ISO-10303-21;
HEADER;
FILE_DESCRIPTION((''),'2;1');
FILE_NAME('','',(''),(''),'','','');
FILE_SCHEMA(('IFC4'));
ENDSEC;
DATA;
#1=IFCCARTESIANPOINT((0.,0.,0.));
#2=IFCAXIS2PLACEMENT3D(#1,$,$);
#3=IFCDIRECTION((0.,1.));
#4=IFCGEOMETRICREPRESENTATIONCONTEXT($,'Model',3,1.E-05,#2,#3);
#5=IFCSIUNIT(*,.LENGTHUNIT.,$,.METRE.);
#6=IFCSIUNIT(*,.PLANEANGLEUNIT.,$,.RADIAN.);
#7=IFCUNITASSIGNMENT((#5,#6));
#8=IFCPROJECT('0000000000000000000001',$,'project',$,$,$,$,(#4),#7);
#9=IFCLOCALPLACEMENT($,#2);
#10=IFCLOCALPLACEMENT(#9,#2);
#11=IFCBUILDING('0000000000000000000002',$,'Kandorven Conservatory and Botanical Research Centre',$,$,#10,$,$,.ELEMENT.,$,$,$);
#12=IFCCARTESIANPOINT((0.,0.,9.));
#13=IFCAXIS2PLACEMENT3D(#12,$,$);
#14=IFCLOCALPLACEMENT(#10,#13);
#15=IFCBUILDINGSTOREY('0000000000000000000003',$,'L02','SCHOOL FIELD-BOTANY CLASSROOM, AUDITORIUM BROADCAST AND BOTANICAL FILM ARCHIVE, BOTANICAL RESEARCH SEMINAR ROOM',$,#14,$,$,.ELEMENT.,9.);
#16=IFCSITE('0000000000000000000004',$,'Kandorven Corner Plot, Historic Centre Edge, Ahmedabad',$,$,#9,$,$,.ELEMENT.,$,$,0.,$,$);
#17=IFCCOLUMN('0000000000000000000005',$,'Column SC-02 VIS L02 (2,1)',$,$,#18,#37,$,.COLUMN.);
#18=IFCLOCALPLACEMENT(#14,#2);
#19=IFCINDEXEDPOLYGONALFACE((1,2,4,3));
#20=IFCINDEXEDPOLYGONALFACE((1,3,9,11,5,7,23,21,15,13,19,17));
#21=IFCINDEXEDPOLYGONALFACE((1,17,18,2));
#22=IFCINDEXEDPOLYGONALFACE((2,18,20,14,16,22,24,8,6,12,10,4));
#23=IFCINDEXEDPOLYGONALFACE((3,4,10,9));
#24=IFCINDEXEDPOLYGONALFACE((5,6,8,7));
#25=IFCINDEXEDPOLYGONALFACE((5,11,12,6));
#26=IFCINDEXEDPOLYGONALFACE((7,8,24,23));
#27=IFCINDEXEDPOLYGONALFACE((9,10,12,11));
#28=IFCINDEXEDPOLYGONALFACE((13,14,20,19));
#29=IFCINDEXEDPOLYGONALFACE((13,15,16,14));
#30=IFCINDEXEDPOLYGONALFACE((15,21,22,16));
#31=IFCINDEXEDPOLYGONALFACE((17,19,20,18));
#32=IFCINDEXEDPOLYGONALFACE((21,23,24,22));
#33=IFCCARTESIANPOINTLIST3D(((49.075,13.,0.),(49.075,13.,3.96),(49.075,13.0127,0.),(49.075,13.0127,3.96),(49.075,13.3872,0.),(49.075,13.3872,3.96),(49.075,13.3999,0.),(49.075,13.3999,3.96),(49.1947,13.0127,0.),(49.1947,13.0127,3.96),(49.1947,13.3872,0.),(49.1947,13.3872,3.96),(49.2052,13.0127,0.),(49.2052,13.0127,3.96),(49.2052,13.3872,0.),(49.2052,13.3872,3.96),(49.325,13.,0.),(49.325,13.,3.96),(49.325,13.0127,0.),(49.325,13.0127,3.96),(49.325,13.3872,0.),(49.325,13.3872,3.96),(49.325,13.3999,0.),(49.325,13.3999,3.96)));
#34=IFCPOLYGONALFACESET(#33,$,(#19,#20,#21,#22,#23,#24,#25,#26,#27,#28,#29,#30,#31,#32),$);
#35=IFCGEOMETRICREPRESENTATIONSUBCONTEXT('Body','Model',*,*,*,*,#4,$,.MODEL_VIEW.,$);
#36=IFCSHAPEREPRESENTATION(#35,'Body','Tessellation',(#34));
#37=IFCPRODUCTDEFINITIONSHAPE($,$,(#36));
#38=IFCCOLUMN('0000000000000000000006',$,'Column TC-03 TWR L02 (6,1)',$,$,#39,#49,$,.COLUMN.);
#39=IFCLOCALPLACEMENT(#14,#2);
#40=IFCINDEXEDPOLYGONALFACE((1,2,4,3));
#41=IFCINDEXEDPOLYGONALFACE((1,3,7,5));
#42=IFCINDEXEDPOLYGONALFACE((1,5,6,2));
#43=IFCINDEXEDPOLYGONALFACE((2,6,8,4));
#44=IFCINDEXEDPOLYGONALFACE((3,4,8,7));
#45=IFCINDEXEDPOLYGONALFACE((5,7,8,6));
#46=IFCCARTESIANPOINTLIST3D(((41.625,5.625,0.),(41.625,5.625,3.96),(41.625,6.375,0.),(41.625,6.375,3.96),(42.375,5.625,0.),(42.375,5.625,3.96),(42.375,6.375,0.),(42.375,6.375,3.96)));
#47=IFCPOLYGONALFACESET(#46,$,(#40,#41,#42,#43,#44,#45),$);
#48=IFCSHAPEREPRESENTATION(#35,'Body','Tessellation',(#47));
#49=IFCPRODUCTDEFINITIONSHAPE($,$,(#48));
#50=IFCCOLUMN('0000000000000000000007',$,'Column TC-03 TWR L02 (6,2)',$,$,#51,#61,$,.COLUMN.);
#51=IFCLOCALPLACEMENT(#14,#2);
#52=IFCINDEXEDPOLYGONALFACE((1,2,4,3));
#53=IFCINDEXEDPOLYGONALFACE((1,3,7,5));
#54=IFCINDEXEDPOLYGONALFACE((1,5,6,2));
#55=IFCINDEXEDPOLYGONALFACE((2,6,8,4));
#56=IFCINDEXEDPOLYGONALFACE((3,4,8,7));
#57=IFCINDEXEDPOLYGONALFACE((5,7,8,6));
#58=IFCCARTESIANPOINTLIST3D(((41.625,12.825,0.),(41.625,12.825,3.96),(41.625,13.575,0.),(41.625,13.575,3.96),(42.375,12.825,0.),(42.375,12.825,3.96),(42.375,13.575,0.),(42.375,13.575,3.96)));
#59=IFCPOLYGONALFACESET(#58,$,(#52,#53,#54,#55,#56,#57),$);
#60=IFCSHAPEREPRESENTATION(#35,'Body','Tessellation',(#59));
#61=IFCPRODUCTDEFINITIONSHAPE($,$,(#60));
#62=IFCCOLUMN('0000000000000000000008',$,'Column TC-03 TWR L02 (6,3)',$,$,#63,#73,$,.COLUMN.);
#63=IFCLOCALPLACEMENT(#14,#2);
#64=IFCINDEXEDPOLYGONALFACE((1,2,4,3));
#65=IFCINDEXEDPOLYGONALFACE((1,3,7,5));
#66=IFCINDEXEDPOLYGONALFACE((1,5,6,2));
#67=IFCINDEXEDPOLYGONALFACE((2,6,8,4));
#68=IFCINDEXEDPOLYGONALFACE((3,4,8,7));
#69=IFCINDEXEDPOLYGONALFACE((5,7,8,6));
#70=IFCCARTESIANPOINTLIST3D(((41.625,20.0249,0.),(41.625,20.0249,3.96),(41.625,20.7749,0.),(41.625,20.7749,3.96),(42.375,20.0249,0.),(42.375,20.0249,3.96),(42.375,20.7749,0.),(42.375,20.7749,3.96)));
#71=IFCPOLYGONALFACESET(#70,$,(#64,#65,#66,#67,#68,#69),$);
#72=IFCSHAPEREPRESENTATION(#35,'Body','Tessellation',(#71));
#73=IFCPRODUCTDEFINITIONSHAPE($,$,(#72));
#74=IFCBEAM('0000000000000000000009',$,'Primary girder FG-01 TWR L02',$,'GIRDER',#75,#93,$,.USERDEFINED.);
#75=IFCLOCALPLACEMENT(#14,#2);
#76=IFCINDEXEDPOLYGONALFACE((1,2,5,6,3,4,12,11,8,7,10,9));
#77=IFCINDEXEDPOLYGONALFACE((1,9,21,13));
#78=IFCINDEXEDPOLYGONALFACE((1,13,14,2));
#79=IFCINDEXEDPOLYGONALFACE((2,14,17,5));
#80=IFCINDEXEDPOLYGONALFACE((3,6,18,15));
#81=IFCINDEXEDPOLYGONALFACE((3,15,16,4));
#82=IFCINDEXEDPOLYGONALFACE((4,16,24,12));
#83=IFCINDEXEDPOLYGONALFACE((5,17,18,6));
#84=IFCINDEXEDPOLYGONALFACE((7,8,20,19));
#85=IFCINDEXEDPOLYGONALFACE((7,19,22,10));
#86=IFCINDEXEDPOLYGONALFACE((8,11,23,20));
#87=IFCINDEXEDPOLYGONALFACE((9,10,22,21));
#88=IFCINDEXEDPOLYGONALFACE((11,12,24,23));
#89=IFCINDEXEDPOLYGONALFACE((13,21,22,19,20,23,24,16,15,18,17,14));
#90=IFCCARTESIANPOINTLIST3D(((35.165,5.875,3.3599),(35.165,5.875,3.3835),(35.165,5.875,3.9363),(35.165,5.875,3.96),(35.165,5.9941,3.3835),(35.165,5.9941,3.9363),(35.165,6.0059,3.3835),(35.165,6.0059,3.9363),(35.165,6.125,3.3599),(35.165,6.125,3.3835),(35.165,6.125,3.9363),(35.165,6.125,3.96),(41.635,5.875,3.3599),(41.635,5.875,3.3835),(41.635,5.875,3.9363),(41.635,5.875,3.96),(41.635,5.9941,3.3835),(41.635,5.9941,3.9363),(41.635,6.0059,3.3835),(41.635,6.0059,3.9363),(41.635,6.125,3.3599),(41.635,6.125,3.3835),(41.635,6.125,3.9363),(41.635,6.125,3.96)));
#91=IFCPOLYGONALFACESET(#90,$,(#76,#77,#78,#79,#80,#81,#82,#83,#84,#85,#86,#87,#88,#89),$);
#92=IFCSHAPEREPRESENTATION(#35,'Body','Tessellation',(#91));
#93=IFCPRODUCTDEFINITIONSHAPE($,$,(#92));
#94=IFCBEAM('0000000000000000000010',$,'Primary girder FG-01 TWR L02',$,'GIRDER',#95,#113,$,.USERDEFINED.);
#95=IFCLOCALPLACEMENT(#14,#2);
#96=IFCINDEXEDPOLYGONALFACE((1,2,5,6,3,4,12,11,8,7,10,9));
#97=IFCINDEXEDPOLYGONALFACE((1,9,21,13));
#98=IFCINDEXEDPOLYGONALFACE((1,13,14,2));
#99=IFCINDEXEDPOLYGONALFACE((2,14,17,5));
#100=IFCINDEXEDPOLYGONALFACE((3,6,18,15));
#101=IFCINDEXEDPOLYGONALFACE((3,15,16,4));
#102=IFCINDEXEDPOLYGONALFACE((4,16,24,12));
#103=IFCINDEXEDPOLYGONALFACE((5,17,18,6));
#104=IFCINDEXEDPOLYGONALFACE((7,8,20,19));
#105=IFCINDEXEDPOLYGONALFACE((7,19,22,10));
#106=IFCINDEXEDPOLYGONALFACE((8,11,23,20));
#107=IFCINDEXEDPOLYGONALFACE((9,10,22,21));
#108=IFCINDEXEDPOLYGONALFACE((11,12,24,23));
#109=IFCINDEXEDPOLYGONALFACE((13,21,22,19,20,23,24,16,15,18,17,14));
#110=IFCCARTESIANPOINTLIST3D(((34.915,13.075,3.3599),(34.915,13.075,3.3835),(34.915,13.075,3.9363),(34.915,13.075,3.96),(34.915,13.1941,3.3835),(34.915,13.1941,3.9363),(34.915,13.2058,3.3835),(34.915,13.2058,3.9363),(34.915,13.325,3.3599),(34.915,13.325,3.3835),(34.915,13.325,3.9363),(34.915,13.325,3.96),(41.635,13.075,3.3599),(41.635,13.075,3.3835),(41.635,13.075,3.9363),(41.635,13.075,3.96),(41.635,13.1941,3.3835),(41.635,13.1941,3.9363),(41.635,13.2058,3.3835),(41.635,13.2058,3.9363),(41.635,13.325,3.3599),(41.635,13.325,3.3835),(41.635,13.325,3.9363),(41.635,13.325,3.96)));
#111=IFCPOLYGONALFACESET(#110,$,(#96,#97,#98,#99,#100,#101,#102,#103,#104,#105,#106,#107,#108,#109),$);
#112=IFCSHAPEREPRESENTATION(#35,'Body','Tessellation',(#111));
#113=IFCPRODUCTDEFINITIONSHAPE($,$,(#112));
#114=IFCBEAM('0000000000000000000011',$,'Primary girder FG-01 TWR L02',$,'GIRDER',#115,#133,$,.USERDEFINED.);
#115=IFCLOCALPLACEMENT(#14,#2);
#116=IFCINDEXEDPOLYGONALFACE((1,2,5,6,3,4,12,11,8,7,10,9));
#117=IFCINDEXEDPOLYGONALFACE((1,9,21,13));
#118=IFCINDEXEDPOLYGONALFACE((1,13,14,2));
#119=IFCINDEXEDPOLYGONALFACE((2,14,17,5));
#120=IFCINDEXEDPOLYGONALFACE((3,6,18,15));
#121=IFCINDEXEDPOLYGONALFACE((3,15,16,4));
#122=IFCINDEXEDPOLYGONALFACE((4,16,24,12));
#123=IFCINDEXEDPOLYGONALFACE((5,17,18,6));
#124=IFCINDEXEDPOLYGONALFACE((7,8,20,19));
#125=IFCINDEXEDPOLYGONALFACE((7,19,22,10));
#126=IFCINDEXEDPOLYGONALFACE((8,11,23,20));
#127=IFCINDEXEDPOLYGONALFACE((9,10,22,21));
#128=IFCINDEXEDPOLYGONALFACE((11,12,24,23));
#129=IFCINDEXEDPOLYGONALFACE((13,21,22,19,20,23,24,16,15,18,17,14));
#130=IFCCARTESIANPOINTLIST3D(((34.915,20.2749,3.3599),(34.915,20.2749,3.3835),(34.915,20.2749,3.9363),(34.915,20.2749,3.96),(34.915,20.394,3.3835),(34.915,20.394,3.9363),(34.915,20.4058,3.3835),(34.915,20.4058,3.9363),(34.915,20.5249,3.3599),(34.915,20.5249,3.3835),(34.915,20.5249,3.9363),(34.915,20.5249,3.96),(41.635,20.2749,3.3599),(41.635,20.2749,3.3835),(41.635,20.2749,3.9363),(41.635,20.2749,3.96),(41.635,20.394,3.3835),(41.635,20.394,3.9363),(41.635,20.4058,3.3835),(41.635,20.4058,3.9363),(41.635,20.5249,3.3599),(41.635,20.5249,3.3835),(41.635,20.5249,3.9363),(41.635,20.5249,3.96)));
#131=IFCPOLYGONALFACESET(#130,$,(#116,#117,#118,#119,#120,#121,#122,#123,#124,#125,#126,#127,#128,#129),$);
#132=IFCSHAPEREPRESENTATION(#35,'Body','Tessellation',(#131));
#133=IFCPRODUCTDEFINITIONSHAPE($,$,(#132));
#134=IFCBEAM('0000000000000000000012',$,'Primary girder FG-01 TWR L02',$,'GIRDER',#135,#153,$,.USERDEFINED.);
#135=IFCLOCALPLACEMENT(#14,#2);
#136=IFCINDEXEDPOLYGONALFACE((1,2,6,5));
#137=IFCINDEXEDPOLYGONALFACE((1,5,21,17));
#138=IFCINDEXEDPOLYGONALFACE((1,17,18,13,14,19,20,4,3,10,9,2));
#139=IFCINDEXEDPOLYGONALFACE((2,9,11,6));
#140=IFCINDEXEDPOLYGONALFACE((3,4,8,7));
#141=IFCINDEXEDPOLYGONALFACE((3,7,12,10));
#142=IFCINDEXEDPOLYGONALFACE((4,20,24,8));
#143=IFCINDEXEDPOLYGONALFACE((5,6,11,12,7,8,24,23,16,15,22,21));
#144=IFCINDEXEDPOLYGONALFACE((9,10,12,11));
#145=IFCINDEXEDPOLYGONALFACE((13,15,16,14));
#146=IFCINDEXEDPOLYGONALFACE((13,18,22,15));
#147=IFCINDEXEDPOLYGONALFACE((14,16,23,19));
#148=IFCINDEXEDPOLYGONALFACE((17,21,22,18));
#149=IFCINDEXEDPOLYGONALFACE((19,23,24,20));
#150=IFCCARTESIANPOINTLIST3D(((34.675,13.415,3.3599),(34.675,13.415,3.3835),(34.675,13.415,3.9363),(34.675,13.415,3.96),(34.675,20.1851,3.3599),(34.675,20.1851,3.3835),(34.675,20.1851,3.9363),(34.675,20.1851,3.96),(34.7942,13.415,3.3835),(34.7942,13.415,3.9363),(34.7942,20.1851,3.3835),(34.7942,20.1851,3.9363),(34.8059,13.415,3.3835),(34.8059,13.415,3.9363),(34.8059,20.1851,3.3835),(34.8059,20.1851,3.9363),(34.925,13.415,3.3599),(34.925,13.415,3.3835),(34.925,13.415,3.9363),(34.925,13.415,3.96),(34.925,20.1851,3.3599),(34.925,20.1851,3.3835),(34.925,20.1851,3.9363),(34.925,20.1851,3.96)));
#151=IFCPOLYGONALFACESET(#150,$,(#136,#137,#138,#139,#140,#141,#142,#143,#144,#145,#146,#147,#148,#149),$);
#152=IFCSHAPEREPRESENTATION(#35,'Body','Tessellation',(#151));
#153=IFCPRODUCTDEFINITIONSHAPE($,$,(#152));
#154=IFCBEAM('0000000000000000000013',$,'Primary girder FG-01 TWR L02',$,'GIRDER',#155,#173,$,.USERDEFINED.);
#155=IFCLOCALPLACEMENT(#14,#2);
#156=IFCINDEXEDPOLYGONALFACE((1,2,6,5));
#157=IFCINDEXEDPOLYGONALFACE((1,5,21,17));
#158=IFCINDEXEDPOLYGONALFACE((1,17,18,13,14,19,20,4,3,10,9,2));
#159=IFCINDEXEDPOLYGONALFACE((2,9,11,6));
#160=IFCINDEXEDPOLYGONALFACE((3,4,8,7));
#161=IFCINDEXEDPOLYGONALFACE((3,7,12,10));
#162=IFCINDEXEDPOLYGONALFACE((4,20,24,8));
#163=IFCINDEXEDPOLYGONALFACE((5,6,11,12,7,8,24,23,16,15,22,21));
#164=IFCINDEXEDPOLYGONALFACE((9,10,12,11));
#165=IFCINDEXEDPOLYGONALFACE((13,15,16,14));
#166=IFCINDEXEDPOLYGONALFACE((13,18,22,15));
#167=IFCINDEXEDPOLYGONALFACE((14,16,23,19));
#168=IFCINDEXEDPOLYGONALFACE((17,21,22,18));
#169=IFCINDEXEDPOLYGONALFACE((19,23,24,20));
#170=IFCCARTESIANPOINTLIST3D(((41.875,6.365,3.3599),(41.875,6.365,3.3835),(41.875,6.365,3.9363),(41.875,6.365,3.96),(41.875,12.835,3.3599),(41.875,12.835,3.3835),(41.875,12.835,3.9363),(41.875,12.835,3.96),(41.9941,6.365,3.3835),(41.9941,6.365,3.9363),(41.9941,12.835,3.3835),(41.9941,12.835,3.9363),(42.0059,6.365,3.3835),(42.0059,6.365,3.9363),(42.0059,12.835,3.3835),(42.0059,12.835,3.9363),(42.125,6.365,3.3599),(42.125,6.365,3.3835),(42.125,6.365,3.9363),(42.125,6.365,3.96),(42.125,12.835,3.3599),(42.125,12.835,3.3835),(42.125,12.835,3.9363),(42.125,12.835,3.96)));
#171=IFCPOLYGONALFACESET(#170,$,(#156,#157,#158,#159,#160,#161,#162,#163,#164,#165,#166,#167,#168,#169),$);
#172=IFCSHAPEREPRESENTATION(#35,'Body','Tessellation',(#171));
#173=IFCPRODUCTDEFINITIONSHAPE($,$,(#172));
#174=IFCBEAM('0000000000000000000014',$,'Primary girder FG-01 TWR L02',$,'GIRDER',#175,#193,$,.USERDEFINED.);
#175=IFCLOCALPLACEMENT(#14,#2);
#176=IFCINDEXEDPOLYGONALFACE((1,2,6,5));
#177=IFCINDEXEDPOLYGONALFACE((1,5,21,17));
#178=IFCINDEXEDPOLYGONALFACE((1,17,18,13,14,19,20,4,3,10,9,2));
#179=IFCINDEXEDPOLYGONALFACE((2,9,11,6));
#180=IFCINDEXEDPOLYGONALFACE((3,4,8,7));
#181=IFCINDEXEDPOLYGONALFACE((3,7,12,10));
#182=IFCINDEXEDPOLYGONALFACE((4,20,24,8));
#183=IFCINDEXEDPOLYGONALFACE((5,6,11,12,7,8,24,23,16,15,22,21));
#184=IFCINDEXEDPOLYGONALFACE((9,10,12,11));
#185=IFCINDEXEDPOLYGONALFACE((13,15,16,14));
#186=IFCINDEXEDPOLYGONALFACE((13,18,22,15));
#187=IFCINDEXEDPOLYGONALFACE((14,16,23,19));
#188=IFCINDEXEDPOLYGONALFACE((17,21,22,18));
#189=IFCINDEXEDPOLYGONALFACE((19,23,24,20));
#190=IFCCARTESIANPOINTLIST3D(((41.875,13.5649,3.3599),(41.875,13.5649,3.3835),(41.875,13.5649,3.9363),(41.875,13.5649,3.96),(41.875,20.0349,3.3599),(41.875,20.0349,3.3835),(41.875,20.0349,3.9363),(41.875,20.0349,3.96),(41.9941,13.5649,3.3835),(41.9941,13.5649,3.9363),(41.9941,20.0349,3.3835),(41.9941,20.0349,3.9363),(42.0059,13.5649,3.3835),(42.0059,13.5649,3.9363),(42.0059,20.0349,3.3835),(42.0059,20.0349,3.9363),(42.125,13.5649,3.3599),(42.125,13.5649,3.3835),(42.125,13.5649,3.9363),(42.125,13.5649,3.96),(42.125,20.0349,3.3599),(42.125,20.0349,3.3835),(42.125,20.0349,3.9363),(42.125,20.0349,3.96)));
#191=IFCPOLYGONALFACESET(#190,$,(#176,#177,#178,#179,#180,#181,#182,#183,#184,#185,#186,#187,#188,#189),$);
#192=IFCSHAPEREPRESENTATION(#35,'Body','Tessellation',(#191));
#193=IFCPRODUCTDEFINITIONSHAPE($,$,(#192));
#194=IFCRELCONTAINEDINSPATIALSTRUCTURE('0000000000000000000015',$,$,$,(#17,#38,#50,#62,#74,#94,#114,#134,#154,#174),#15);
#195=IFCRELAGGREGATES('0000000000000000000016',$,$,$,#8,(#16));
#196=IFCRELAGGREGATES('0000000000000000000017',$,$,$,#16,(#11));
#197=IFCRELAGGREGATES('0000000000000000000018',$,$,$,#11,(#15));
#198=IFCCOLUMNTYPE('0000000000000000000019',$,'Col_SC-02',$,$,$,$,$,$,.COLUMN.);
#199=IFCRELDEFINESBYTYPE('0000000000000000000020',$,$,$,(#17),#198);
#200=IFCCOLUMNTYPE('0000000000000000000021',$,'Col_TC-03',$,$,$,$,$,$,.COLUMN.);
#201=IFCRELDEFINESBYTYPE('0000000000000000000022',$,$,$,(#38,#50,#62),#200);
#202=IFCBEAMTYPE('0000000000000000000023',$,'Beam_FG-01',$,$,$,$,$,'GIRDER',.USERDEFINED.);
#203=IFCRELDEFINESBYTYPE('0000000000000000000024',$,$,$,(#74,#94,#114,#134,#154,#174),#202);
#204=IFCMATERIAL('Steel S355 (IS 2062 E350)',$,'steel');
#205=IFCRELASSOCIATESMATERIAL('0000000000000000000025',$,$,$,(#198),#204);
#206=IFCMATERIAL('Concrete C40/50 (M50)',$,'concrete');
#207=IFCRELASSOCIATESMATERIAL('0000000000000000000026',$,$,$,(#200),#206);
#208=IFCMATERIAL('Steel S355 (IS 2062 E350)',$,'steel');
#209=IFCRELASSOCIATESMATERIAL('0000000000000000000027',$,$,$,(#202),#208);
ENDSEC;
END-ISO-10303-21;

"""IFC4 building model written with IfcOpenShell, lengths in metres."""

from ifc_helpers import new_model, si_unit, direction, frame, origin, origin_2d, place, context, subcontext, project, spatial, rectangle, i_section, extrude, material, material_profile, profile_set, type_object, element, save


model = new_model("IFC4")

# Units and contexts
model_context = context("Model", 3, precision=1e-05, world=origin(), true_north=direction((0.0, 1.0)))
body_context = subcontext(model_context, "Body", "Model", "MODEL_VIEW")
ifc_project = project(units=[si_unit("LENGTHUNIT", "METRE"), si_unit("PLANEANGLEUNIT", "RADIAN")], contexts=[model_context])

# Site, building, storey
site_placement = place(None, origin())
site = spatial("IfcSite", under=ifc_project, at=site_placement, Name="Kandorven Corner Plot, Historic Centre Edge, Ahmedabad", CompositionType="ELEMENT", RefElevation=0.0)
building_placement = place(site_placement, origin())
building = spatial("IfcBuilding", under=site, at=building_placement, Name="Kandorven Conservatory and Botanical Research Centre", CompositionType="ELEMENT")
storey_placement = place(building_placement, frame((0.0, 0.0, 9.0)))
storey = spatial("IfcBuildingStorey", under=building, at=storey_placement, Name="L02", Description="SCHOOL FIELD-BOTANY CLASSROOM, AUDITORIUM BROADCAST AND BOTANICAL FILM ARCHIVE, BOTANICAL RESEARCH SEMINAR ROOM", CompositionType="ELEMENT", Elevation=9.0)

# Columns
ifc_material_1 = material(Name="Steel S355 (IS 2062 E350)", Category="steel")
ifc_material_profile_1 = material_profile(ifc_material_1, i_section(OverallWidth=0.25, OverallDepth=0.3999, WebThickness=0.0105, FlangeThickness=0.0127, at=origin_2d()))
ifc_profile_set_1 = profile_set([ifc_material_profile_1], Name="Steel S355 (IS 2062 E350)")
column_type_1 = type_object("IfcColumnType", Name="Col_SC-02", PredefinedType="COLUMN", material=ifc_profile_set_1)
column_placement = place(storey_placement, frame((49.2, 13.2, 0.0), z_axis=(0.0, 0.0, 1.0), x_axis=(1.0, 0.0, 0.0)))
element("IfcColumn", 1, at=column_placement, inside=storey, type_object=column_type_1, Name="Column SC-02 VIS L02 (2,1)", PredefinedType="COLUMN", context=body_context, shape_type="SweptSolid", body=[
    extrude(i_section(OverallWidth=0.25, OverallDepth=0.3999, WebThickness=0.0105, FlangeThickness=0.0127, at=origin_2d()), origin(), (0.0, 0.0, 1.0), 3.96),
])
ifc_material_2 = material(Name="Concrete C40/50 (M50)", Category="concrete")
ifc_material_profile_2 = material_profile(ifc_material_2, rectangle(XDim=0.75, YDim=0.75, at=origin_2d()))
ifc_profile_set_2 = profile_set([ifc_material_profile_2], Name="Concrete C40/50 (M50)")
column_type_2 = type_object("IfcColumnType", Name="Col_TC-03", PredefinedType="COLUMN", material=ifc_profile_set_2)
for number, where, z_axis, x_axis, name in (
    (2, (42.0, 6.0, 0.0), (0.0, 0.0, 1.0), (1.0, 0.0, 0.0), "Column TC-03 TWR L02 (6,1)"),
    (3, (42.0, 13.2, 0.0), (0.0, 0.0, 1.0), (1.0, 0.0, 0.0), "Column TC-03 TWR L02 (6,2)"),
    (4, (42.0, 20.3999, 0.0), (0.0, 0.0, 1.0), (1.0, 0.0, 0.0), "Column TC-03 TWR L02 (6,3)"),
):
    element("IfcColumn", number, at=place(storey_placement, frame(where, z_axis=z_axis, x_axis=x_axis)), inside=storey, type_object=column_type_2, Name=name, PredefinedType="COLUMN", context=body_context, shape_type="SweptSolid", body=[
        extrude(rectangle(XDim=0.75, YDim=0.75, at=origin_2d()), origin(), (0.0, 0.0, 1.0), 3.96),
    ])

# Beams
ifc_material_3 = material(Name="Steel S355 (IS 2062 E350)", Category="steel")
ifc_material_profile_3 = material_profile(ifc_material_3, i_section(OverallWidth=0.25, OverallDepth=0.6001, WebThickness=0.0117, FlangeThickness=0.0237, at=origin_2d()))
ifc_profile_set_3 = profile_set([ifc_material_profile_3], Name="Steel S355 (IS 2062 E350)")
beam_type_1 = type_object("IfcBeamType", Name="Beam_FG-01", ElementType="GIRDER", PredefinedType="USERDEFINED", material=ifc_profile_set_3)
beam_1_placement = place(storey_placement, frame((35.165, 6.0, 3.6599), z_axis=(1.0, 0.0, 0.0), x_axis=(0.0, 1.0, 0.0)))
element("IfcBeam", 5, at=beam_1_placement, inside=storey, type_object=beam_type_1, Name="Primary girder FG-01 TWR L02", ObjectType="GIRDER", PredefinedType="USERDEFINED", context=body_context, shape_type="SweptSolid", body=[
    extrude(i_section(OverallWidth=0.25, OverallDepth=0.6001, WebThickness=0.0117, FlangeThickness=0.0237, at=origin_2d()), origin(), (0.0, 0.0, 1.0), 6.47),
])
for number, where, z_axis, x_axis, name in (
    (6, (34.915, 13.2, 3.6599), (1.0, 0.0, 0.0), (0.0, 1.0, 0.0), "Primary girder FG-01 TWR L02"),
    (7, (34.915, 20.3999, 3.6599), (1.0, 0.0, 0.0), (0.0, 1.0, 0.0), "Primary girder FG-01 TWR L02"),
):
    element("IfcBeam", number, at=place(storey_placement, frame(where, z_axis=z_axis, x_axis=x_axis)), inside=storey, type_object=beam_type_1, Name=name, ObjectType="GIRDER", PredefinedType="USERDEFINED", context=body_context, shape_type="SweptSolid", body=[
        extrude(i_section(OverallWidth=0.25, OverallDepth=0.6001, WebThickness=0.0117, FlangeThickness=0.0237, at=origin_2d()), origin(), (0.0, 0.0, 1.0), 6.72),
    ])
beam_2_placement = place(storey_placement, frame((34.8, 13.415, 3.6599), z_axis=(0.0, 1.0, 0.0), x_axis=(-1.0, 0.0, 0.0)))
element("IfcBeam", 8, at=beam_2_placement, inside=storey, type_object=beam_type_1, Name="Primary girder FG-01 TWR L02", ObjectType="GIRDER", PredefinedType="USERDEFINED", context=body_context, shape_type="SweptSolid", body=[
    extrude(i_section(OverallWidth=0.25, OverallDepth=0.6001, WebThickness=0.0117, FlangeThickness=0.0237, at=origin_2d()), origin(), (0.0, 0.0, 1.0), 6.77),
])
for number, where, z_axis, x_axis, name in (
    (9, (42.0, 6.365, 3.6599), (0.0, 1.0, 0.0), (-1.0, 0.0, 0.0), "Primary girder FG-01 TWR L02"),
    (10, (42.0, 13.5649, 3.6599), (0.0, 1.0, 0.0), (-1.0, 0.0, 0.0), "Primary girder FG-01 TWR L02"),
):
    element("IfcBeam", number, at=place(storey_placement, frame(where, z_axis=z_axis, x_axis=x_axis)), inside=storey, type_object=beam_type_1, Name=name, ObjectType="GIRDER", PredefinedType="USERDEFINED", context=body_context, shape_type="SweptSolid", body=[
        extrude(i_section(OverallWidth=0.25, OverallDepth=0.6001, WebThickness=0.0117, FlangeThickness=0.0237, at=origin_2d()), origin(), (0.0, 0.0, 1.0), 6.47),
    ])

save(model, "model.ifc")
